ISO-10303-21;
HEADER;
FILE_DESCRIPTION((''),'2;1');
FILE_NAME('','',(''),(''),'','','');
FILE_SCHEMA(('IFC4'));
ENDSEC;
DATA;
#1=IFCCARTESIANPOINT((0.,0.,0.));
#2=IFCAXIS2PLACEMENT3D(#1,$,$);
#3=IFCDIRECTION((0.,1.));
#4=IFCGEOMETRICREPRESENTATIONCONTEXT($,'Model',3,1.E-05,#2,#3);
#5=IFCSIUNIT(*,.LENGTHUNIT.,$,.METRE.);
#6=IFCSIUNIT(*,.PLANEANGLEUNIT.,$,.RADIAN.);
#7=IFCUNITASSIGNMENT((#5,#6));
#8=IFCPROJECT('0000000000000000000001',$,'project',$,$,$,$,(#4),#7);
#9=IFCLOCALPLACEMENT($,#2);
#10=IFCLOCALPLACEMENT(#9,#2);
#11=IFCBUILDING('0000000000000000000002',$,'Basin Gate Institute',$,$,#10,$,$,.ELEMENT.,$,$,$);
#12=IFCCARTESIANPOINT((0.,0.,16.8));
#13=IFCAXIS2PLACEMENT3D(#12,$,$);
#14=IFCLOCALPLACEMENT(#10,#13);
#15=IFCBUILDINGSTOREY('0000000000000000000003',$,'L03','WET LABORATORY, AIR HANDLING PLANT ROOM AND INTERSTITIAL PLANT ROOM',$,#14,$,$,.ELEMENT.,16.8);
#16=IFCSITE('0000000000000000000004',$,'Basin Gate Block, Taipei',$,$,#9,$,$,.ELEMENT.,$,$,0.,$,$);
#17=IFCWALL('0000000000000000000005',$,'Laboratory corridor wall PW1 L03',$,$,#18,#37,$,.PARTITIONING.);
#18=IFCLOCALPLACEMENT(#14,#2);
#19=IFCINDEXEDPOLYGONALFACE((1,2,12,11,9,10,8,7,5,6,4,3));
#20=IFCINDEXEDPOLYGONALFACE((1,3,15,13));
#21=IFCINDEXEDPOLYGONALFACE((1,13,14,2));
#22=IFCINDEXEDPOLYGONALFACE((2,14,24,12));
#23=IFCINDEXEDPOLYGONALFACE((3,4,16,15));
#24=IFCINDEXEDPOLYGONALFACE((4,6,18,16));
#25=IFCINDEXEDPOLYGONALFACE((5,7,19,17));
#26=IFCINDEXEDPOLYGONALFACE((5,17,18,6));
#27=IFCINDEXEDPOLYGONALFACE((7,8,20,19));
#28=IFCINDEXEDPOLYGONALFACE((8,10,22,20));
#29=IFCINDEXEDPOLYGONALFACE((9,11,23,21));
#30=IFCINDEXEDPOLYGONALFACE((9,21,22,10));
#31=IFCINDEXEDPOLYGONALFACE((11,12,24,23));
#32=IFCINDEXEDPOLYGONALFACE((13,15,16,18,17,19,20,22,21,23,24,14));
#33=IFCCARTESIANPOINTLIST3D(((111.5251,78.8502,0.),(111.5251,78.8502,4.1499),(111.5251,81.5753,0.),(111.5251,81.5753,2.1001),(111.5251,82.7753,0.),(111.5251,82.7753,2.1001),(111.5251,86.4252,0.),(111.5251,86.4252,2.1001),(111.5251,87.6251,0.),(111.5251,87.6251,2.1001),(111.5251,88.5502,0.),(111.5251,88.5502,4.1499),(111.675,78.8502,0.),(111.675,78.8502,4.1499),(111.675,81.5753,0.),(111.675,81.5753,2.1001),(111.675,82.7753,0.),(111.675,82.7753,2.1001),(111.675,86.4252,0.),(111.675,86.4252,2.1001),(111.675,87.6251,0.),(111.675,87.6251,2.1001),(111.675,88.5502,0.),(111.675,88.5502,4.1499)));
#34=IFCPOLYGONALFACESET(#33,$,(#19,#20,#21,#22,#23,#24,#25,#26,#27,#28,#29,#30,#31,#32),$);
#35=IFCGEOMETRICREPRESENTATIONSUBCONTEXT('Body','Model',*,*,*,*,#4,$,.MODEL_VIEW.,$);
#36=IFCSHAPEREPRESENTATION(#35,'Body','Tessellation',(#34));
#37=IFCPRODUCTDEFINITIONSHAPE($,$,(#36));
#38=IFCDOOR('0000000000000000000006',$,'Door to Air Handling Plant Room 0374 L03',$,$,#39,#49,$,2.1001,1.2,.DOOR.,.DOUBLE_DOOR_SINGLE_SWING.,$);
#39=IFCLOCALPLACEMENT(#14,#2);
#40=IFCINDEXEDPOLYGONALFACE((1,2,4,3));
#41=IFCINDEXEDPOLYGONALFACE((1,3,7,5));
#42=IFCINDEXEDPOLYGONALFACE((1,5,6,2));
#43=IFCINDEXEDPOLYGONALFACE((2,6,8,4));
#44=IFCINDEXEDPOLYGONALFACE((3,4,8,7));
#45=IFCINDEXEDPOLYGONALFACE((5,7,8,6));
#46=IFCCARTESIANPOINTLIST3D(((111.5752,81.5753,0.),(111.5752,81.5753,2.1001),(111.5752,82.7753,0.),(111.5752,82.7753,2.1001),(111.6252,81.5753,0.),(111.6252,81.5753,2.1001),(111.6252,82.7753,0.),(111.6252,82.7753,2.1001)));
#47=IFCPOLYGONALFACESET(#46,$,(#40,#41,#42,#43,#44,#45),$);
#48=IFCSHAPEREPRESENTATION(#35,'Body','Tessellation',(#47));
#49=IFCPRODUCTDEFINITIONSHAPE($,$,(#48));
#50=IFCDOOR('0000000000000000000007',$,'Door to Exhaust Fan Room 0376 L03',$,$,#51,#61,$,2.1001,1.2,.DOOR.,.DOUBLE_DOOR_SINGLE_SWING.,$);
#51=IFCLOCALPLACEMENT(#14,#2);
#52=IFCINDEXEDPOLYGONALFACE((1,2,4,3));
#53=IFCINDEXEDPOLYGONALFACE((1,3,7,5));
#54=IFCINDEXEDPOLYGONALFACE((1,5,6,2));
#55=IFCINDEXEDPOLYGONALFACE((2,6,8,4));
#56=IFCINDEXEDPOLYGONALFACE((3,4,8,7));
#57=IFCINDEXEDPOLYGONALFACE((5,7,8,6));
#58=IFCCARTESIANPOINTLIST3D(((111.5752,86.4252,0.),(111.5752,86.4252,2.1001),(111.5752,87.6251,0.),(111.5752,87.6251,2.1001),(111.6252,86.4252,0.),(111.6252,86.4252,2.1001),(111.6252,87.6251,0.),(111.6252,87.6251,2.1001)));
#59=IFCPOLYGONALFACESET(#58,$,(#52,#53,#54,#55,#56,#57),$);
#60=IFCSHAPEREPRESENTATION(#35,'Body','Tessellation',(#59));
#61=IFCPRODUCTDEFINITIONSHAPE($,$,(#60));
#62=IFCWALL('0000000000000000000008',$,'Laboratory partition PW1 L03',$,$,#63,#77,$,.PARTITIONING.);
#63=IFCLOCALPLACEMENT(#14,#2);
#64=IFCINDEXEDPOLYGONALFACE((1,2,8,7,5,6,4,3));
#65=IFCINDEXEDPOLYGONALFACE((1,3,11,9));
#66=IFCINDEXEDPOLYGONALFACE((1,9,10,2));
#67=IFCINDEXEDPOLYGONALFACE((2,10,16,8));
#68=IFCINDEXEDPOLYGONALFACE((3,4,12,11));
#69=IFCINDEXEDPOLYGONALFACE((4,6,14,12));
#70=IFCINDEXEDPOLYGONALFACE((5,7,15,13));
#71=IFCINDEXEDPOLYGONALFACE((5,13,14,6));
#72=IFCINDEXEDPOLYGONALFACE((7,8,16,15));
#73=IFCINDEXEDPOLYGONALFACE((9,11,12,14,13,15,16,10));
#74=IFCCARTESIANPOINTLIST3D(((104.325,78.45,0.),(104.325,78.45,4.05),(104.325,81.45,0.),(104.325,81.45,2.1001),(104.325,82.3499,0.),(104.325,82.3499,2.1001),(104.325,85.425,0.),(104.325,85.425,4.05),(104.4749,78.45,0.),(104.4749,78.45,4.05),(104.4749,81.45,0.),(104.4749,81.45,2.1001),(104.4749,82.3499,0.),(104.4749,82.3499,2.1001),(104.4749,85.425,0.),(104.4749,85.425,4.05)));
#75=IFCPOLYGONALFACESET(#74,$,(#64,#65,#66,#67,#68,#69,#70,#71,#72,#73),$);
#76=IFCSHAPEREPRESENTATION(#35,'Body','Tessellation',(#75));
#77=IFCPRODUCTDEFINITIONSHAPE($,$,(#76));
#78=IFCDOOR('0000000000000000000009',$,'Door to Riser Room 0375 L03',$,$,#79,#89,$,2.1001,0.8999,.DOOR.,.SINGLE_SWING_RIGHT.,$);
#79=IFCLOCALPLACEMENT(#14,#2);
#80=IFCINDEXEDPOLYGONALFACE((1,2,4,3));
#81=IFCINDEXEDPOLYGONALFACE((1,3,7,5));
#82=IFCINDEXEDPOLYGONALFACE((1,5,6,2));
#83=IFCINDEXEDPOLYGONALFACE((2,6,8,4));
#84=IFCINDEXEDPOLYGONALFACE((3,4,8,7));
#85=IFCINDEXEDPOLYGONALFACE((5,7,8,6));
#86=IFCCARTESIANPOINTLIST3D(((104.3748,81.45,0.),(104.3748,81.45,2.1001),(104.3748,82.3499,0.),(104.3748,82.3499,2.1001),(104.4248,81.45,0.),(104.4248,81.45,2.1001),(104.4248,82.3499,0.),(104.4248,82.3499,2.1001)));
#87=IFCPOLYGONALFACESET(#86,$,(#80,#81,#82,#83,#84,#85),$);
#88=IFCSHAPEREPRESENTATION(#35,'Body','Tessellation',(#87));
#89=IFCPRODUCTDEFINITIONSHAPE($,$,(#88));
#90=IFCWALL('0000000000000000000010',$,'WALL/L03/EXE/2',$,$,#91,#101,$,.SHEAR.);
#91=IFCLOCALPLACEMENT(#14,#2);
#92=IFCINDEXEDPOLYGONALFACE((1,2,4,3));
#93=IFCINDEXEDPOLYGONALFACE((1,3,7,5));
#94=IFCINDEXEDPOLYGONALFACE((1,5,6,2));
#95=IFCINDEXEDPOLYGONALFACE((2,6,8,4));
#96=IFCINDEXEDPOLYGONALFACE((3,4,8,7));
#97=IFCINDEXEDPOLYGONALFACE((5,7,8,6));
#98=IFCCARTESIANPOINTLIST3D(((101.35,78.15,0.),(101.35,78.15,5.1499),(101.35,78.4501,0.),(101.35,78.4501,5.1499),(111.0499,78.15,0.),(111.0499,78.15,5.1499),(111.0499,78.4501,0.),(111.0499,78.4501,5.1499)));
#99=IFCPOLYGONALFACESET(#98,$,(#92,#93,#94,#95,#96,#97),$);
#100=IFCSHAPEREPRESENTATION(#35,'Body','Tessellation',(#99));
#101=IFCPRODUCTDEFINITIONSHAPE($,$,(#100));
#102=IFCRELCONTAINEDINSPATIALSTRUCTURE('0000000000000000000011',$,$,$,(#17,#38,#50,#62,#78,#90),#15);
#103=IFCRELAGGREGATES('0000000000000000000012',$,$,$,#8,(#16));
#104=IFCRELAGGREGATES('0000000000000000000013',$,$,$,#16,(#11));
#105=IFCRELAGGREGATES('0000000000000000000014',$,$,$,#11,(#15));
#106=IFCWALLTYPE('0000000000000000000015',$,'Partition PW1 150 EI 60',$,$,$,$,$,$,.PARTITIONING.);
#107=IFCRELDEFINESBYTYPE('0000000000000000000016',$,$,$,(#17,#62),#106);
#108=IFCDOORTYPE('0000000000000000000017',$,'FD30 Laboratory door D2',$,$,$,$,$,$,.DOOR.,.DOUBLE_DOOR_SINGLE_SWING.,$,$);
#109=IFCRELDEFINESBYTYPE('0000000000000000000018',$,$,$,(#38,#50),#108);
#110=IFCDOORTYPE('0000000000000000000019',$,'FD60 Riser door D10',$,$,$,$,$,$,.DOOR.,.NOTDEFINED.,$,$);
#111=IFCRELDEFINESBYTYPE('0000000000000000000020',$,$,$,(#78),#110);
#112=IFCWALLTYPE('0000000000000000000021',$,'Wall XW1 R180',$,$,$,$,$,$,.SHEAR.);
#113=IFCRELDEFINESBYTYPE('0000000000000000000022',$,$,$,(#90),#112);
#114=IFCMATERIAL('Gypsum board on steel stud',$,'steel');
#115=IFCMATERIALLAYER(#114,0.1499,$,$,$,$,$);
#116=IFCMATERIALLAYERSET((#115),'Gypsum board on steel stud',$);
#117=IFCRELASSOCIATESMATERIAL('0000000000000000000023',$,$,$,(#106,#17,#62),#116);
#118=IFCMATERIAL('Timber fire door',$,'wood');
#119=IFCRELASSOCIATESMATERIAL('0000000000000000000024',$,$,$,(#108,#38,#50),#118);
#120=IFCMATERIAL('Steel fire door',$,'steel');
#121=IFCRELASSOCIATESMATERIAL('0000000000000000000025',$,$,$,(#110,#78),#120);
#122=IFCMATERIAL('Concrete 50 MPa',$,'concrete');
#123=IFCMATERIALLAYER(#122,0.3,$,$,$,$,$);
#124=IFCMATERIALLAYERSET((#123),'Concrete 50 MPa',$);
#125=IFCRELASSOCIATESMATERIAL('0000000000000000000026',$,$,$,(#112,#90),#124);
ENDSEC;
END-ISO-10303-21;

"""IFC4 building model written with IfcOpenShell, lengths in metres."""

from ifc_helpers import new_model, si_unit, direction, frame, frame_2d, origin, place, context, subcontext, project, spatial, rectangle, extrude, material, layer, layer_set, type_object, element, fill, save


model = new_model("IFC4")

# Units and contexts
model_context = context("Model", 3, precision=1e-05, world=origin(), true_north=direction((0.0, 1.0)))
body_context = subcontext(model_context, "Body", "Model", "MODEL_VIEW")
ifc_project = project(units=[si_unit("LENGTHUNIT", "METRE"), si_unit("PLANEANGLEUNIT", "RADIAN")], contexts=[model_context])

# Site, building, storey
site_placement = place(None, origin())
site = spatial("IfcSite", under=ifc_project, at=site_placement, Name="Basin Gate Block, Taipei", CompositionType="ELEMENT", RefElevation=0.0)
building_placement = place(site_placement, origin())
building = spatial("IfcBuilding", under=site, at=building_placement, Name="Basin Gate Institute", CompositionType="ELEMENT")
storey_placement = place(building_placement, frame((0.0, 0.0, 16.8)))
storey = spatial("IfcBuildingStorey", under=building, at=storey_placement, Name="L03", Description="WET LABORATORY, AIR HANDLING PLANT ROOM AND INTERSTITIAL PLANT ROOM", CompositionType="ELEMENT", Elevation=16.8)

# Wall, openings, doors
ifc_material_1 = material(Name="Gypsum board on steel stud", Category="steel")
ifc_layer_1 = layer(ifc_material_1, 0.1499)
ifc_layer_set_1 = layer_set([ifc_layer_1], Name="Gypsum board on steel stud")
wall_type_1 = type_object("IfcWallType", Name="Partition PW1 150 EI 60", PredefinedType="PARTITIONING", material=ifc_layer_set_1)
wall_1_placement = place(storey_placement, frame((111.6001, 78.8501, 0.0), z_axis=(0.0, 0.0, 1.0), x_axis=(0.0, 1.0, 0.0)))
wall_1 = element("IfcWall", 1, at=wall_1_placement, inside=storey, type_object=wall_type_1, material=ifc_layer_set_1, Name="Laboratory corridor wall PW1 L03", PredefinedType="PARTITIONING", context=body_context, shape_type="SweptSolid", body=[
    extrude(rectangle(XDim=9.7, YDim=0.1499, at=frame_2d((4.8501, 0.0))), origin(), (0.0, 0.0, 1.0), 4.1499),
])
opening_1_placement = place(wall_1_placement, frame((2.7251, 0.0, 0.0)))
opening_1 = element("IfcOpeningElement", 2, at=opening_1_placement, cuts=wall_1, PredefinedType="OPENING", context=body_context, shape_type="SweptSolid", body=[
    extrude(rectangle(XDim=1.2, YDim=2.1001, at=frame_2d((0.6001, 1.05))), frame((0.0, 0.085, 0.0), z_axis=(0.0, -1.0, 0.0), x_axis=(1.0, 0.0, 0.0)), (0.0, 0.0, 1.0), 0.1699),
])
opening_2_placement = place(wall_1_placement, frame((7.575, 0.0, 0.0)))
opening_2 = element("IfcOpeningElement", 3, at=opening_2_placement, cuts=wall_1, PredefinedType="OPENING", context=body_context, shape_type="SweptSolid", body=[
    extrude(rectangle(XDim=1.2, YDim=2.1001, at=frame_2d((0.6001, 1.05))), frame((0.0, 0.085, 0.0), z_axis=(0.0, -1.0, 0.0), x_axis=(1.0, 0.0, 0.0)), (0.0, 0.0, 1.0), 0.1699),
])
ifc_material_2 = material(Name="Timber fire door", Category="wood")
door_type_1 = type_object("IfcDoorType", Name="FD30 Laboratory door D2", OperationType="DOUBLE_DOOR_SINGLE_SWING", PredefinedType="DOOR", material=ifc_material_2)
door_1_placement = place(opening_1_placement, origin())
door_1 = element("IfcDoor", 4, at=door_1_placement, inside=storey, type_object=door_type_1, material=ifc_material_2, Name="Door to Air Handling Plant Room 0374 L03", OperationType="DOUBLE_DOOR_SINGLE_SWING", OverallHeight=2.1001, OverallWidth=1.2, PredefinedType="DOOR", context=body_context, shape_type="SweptSolid", body=[
    extrude(rectangle(XDim=1.2, YDim=2.1001, at=frame_2d((0.6001, 1.05))), frame((0.0, 0.0249, 0.0), z_axis=(0.0, -1.0, 0.0), x_axis=(1.0, 0.0, 0.0)), (0.0, 0.0, 1.0), 0.05),
])
fill(opening_1, door_1)
door_2_placement = place(opening_2_placement, origin())
door_2 = element("IfcDoor", 5, at=door_2_placement, inside=storey, type_object=door_type_1, material=ifc_material_2, Name="Door to Exhaust Fan Room 0376 L03", OperationType="DOUBLE_DOOR_SINGLE_SWING", OverallHeight=2.1001, OverallWidth=1.2, PredefinedType="DOOR", context=body_context, shape_type="SweptSolid", body=[
    extrude(rectangle(XDim=1.2, YDim=2.1001, at=frame_2d((0.6001, 1.05))), frame((0.0, 0.0249, 0.0), z_axis=(0.0, -1.0, 0.0), x_axis=(1.0, 0.0, 0.0)), (0.0, 0.0, 1.0), 0.05),
])
fill(opening_2, door_2)

# Wall, opening, door
wall_2_placement = place(storey_placement, frame((104.3999, 78.45, 0.0), z_axis=(0.0, 0.0, 1.0), x_axis=(0.0, 1.0, 0.0)))
wall_2 = element("IfcWall", 6, at=wall_2_placement, inside=storey, type_object=wall_type_1, material=ifc_layer_set_1, Name="Laboratory partition PW1 L03", PredefinedType="PARTITIONING", context=body_context, shape_type="SweptSolid", body=[
    extrude(rectangle(XDim=6.9751, YDim=0.1499, at=frame_2d((3.4875, 0.0))), origin(), (0.0, 0.0, 1.0), 4.05),
])
opening_3_placement = place(wall_2_placement, frame((3.0, 0.0, 0.0)))
opening_3 = element("IfcOpeningElement", 7, at=opening_3_placement, cuts=wall_2, PredefinedType="OPENING", context=body_context, shape_type="SweptSolid", body=[
    extrude(rectangle(XDim=0.8999, YDim=2.1001, at=frame_2d((0.45, 1.05))), frame((0.0, 0.085, 0.0), z_axis=(0.0, -1.0, 0.0), x_axis=(1.0, 0.0, 0.0)), (0.0, 0.0, 1.0), 0.1699),
])
ifc_material_3 = material(Name="Steel fire door", Category="steel")
door_type_2 = type_object("IfcDoorType", Name="FD60 Riser door D10", OperationType="NOTDEFINED", PredefinedType="DOOR", material=ifc_material_3)
door_3_placement = place(opening_3_placement, frame((0.8999, 0.0, 0.0), z_axis=(0.0, 0.0, 1.0), x_axis=(-1.0, 0.0, 0.0)))
door_3 = element("IfcDoor", 8, at=door_3_placement, inside=storey, type_object=door_type_2, material=ifc_material_3, Name="Door to Riser Room 0375 L03", OperationType="SINGLE_SWING_RIGHT", OverallHeight=2.1001, OverallWidth=0.8999, PredefinedType="DOOR", context=body_context, shape_type="SweptSolid", body=[
    extrude(rectangle(XDim=0.8999, YDim=2.1001, at=frame_2d((0.45, 1.05))), frame((0.0, 0.0249, 0.0), z_axis=(0.0, -1.0, 0.0), x_axis=(1.0, 0.0, 0.0)), (0.0, 0.0, 1.0), 0.05),
])
fill(opening_3, door_3)

# Wall
ifc_material_4 = material(Name="Concrete 50 MPa", Category="concrete")
ifc_layer_2 = layer(ifc_material_4, 0.3)
ifc_layer_set_2 = layer_set([ifc_layer_2], Name="Concrete 50 MPa")
wall_type_2 = type_object("IfcWallType", Name="Wall XW1 R180", PredefinedType="SHEAR", material=ifc_layer_set_2)
wall_3_placement = place(storey_placement, frame((111.05, 78.3, 0.0), z_axis=(0.0, 0.0, 1.0), x_axis=(-1.0, 0.0, 0.0)))
element("IfcWall", 9, at=wall_3_placement, inside=storey, type_object=wall_type_2, material=ifc_layer_set_2, Name="WALL/L03/EXE/2", PredefinedType="SHEAR", context=body_context, shape_type="SweptSolid", body=[
    extrude(rectangle(XDim=9.7, YDim=0.3, at=frame_2d((4.8501, 0.0))), origin(), (0.0, 0.0, 1.0), 5.1499),
])

save(model, "model.ifc")
